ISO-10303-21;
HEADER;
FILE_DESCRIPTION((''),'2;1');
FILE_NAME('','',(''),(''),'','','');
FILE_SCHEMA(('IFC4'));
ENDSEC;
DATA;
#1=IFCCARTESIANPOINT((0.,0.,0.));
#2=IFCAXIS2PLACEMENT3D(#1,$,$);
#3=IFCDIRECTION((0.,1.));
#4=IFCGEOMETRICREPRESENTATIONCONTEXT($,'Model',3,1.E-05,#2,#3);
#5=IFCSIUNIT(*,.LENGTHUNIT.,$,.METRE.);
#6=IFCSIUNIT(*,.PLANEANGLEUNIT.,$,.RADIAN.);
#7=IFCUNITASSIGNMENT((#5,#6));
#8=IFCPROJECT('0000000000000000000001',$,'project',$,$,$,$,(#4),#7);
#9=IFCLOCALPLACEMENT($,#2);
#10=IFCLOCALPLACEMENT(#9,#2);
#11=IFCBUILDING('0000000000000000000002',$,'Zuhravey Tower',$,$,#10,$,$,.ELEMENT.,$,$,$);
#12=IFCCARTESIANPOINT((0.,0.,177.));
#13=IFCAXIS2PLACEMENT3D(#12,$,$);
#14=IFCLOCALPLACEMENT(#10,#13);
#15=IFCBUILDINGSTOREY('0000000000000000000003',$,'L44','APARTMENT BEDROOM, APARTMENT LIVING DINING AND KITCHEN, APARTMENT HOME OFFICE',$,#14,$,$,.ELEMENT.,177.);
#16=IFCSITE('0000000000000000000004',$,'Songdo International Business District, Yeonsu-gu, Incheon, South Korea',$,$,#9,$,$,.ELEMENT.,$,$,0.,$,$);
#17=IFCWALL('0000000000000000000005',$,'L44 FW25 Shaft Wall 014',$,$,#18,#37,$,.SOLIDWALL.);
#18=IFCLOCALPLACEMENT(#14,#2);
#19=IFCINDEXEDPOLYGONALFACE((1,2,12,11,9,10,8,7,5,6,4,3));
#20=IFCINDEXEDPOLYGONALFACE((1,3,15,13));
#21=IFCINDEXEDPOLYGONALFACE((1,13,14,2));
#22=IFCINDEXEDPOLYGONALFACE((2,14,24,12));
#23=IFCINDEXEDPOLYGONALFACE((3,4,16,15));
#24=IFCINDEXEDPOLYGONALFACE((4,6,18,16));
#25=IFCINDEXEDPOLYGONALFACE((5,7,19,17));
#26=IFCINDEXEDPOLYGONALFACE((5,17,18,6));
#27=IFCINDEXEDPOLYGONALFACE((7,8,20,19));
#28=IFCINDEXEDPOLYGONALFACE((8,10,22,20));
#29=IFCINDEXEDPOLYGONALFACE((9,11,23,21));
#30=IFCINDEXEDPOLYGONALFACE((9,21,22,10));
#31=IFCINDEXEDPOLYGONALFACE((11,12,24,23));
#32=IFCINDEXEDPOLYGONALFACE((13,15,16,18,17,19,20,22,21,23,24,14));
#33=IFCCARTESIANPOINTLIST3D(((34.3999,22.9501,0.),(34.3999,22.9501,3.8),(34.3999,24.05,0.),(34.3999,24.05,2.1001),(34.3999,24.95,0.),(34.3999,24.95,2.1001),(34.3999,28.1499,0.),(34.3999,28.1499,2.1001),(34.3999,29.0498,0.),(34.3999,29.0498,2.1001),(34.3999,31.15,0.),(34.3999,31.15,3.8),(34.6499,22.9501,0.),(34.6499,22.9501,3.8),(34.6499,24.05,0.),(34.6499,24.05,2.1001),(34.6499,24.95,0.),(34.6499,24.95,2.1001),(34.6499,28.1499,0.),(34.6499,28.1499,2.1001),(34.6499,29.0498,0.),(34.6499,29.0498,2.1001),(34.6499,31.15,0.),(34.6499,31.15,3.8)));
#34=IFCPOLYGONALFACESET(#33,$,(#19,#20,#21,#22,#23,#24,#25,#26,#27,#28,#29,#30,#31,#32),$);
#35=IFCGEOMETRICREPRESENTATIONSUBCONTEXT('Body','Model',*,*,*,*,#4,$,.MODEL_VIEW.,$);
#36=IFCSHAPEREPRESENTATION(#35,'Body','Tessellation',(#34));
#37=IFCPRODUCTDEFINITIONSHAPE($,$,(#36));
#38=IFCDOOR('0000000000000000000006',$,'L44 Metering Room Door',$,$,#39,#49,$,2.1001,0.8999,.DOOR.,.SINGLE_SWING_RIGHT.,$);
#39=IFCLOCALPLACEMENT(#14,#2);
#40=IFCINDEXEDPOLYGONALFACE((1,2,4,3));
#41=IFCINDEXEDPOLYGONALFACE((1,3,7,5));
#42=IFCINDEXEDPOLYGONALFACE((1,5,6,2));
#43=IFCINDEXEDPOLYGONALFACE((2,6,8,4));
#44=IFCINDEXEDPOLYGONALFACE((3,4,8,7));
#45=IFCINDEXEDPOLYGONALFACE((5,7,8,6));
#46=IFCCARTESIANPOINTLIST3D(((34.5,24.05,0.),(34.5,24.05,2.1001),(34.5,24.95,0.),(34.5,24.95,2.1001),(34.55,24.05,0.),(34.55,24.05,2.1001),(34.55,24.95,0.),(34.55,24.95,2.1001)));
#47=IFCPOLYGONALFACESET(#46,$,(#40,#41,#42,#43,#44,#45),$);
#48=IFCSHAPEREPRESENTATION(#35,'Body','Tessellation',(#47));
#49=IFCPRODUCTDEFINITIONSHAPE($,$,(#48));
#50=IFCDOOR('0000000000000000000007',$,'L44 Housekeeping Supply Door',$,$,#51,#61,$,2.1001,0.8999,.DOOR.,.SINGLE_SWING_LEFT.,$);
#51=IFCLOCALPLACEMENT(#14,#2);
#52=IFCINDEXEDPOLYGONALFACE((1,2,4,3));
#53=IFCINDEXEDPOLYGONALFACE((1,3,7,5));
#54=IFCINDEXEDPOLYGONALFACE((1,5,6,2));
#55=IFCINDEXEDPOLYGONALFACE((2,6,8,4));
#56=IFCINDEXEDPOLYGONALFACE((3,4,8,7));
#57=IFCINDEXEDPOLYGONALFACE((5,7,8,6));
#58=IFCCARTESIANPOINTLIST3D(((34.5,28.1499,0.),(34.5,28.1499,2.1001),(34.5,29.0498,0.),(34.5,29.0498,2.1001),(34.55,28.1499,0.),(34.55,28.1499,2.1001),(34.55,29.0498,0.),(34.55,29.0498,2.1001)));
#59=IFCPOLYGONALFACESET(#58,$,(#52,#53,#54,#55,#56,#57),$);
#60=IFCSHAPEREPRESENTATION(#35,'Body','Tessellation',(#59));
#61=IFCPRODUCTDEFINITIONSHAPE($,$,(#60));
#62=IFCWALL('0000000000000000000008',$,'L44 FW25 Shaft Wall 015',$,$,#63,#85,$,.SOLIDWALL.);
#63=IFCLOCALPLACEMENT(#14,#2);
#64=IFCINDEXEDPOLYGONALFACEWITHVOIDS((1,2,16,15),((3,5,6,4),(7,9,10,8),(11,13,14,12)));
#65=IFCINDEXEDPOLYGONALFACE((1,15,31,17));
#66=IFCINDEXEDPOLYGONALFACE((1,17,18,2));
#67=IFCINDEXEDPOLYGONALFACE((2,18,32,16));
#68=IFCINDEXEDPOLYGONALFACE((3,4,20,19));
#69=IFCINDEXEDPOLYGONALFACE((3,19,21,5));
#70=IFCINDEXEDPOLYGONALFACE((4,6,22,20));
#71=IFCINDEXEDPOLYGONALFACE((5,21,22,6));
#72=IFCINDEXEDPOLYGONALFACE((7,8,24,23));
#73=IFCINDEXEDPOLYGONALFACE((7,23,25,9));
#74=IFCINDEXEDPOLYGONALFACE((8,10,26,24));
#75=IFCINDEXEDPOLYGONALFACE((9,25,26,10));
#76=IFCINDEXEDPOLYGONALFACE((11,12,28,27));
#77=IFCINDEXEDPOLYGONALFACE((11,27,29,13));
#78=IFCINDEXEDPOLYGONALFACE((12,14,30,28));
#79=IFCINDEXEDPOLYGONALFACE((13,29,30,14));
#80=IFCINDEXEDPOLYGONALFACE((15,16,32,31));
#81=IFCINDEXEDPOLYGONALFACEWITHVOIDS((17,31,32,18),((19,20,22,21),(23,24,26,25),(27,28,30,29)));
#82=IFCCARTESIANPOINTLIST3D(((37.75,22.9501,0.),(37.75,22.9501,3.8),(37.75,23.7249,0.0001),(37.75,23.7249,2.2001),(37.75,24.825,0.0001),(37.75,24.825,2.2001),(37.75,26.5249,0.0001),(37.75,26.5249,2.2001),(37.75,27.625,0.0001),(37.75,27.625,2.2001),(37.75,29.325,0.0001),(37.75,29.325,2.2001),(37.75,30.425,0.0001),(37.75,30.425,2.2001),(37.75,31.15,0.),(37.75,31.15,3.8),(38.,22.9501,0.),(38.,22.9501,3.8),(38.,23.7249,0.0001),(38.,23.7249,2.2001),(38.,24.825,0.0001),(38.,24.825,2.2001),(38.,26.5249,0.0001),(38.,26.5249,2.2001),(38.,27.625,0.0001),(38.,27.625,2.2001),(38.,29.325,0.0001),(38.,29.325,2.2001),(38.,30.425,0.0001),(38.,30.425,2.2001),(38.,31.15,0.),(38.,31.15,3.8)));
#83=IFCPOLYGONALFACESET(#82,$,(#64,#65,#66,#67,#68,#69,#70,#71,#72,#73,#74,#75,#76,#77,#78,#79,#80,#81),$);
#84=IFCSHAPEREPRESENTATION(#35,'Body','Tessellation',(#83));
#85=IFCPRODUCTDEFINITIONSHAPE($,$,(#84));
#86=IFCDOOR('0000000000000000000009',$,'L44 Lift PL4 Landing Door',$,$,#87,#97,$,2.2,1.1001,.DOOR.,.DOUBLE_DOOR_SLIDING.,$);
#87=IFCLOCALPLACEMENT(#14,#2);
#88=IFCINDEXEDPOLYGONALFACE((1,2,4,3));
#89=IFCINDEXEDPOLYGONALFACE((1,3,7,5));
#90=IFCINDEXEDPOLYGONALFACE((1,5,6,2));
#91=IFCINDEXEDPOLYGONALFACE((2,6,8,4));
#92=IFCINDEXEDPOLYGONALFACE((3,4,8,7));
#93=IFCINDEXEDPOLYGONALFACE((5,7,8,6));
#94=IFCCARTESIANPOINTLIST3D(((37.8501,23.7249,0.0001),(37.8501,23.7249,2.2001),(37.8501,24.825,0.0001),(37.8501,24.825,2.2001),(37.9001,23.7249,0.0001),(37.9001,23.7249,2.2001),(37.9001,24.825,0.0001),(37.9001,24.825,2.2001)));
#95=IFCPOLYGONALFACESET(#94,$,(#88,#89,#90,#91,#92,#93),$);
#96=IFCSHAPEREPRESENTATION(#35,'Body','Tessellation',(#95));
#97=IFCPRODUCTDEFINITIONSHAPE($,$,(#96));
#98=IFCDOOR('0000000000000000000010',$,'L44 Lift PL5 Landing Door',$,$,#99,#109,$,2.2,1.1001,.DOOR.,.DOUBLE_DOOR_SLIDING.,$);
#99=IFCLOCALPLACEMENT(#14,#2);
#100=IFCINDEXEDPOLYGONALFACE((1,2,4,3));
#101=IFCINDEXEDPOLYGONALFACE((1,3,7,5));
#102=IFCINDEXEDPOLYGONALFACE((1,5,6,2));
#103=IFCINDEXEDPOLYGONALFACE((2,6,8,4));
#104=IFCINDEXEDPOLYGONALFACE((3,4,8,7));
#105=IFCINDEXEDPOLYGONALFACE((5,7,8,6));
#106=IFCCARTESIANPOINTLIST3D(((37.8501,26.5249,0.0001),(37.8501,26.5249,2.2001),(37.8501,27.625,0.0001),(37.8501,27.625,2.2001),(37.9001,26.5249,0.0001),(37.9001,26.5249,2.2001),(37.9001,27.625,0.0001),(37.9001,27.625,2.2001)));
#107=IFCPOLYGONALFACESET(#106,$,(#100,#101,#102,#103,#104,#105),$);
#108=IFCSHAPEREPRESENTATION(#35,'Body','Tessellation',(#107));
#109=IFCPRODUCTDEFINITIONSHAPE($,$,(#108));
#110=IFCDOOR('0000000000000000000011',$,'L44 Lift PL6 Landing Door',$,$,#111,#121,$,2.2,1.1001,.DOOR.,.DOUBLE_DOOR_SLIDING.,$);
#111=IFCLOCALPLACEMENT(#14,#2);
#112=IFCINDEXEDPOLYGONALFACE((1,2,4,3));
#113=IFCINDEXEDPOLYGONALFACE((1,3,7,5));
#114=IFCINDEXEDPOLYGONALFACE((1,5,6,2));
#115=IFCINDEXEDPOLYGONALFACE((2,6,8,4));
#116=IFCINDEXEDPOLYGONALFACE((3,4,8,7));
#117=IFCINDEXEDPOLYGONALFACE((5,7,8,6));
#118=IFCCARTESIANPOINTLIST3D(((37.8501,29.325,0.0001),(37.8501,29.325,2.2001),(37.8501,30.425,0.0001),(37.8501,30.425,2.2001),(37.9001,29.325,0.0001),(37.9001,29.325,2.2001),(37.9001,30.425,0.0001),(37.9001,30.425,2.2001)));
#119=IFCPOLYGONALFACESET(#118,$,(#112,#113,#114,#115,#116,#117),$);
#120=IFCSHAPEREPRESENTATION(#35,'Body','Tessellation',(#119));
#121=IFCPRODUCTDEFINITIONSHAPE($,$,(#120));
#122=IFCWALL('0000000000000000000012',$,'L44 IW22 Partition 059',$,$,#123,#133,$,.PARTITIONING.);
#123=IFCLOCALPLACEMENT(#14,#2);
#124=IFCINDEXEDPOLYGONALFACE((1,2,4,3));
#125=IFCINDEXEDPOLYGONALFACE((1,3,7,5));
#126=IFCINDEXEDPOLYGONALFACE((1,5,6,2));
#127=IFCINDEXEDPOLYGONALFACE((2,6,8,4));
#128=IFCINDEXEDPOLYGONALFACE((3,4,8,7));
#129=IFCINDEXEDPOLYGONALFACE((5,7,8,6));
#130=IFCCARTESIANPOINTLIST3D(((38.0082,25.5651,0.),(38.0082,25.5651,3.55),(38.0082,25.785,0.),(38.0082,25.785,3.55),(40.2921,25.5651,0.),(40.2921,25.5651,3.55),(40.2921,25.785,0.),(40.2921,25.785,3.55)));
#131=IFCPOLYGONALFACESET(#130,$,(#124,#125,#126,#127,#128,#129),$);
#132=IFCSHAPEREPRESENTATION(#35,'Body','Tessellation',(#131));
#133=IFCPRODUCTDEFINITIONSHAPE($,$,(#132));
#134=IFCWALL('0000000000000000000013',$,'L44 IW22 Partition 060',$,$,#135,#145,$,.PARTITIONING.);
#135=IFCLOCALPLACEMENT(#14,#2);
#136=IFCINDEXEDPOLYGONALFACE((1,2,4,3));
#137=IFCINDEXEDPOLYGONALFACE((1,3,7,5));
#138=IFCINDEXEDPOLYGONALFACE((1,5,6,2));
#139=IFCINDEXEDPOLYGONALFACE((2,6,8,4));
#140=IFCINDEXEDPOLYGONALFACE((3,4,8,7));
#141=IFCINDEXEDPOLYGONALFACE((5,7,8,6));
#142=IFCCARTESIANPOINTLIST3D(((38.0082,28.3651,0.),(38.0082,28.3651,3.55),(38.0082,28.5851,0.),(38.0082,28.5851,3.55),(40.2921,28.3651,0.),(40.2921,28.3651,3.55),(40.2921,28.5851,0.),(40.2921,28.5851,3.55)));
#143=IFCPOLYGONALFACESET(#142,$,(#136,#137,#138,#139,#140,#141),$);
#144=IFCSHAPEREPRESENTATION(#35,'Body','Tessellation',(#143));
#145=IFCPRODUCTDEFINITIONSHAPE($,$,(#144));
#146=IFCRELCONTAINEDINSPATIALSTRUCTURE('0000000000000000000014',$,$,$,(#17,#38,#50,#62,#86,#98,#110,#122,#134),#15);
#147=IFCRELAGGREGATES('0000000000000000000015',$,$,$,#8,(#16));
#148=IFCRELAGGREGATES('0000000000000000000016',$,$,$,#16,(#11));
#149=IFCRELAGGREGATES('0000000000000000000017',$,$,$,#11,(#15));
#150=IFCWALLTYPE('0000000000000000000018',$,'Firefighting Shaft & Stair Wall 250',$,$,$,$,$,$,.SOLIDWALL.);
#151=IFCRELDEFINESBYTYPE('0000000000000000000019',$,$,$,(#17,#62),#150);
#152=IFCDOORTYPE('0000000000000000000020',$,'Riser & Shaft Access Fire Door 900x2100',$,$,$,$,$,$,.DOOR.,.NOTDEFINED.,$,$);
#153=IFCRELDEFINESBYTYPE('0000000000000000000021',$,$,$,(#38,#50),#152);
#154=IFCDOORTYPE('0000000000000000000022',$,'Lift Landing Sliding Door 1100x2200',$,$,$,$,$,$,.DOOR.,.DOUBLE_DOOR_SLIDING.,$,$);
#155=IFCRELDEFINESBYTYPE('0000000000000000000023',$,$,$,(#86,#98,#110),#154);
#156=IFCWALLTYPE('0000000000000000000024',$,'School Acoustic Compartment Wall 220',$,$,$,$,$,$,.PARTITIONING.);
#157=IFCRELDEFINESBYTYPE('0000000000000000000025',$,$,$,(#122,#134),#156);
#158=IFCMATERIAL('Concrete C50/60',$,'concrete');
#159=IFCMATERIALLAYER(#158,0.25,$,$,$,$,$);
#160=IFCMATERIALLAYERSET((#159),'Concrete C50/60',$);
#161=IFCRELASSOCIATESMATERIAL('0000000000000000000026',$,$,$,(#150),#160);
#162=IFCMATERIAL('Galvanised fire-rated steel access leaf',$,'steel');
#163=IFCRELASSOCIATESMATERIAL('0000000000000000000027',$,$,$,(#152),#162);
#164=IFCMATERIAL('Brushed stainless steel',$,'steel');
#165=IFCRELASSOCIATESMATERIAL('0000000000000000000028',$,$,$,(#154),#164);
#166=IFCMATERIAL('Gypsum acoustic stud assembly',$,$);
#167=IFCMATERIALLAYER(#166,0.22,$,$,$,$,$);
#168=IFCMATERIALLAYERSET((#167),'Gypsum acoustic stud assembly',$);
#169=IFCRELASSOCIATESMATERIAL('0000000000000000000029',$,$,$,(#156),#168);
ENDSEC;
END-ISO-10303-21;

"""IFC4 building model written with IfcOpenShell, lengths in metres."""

from ifc_helpers import new_model, si_unit, direction, frame, frame_2d, origin, place, context, subcontext, project, spatial, rectangle, extrude, material, layer, layer_set, type_object, element, fill, save


model = new_model("IFC4")

# Units and contexts
model_context = context("Model", 3, precision=1e-05, world=origin(), true_north=direction((0.0, 1.0)))
body_context = subcontext(model_context, "Body", "Model", "MODEL_VIEW")
ifc_project = project(units=[si_unit("LENGTHUNIT", "METRE"), si_unit("PLANEANGLEUNIT", "RADIAN")], contexts=[model_context])

# Site, building, storey
site_placement = place(None, origin())
site = spatial("IfcSite", under=ifc_project, at=site_placement, Name="Songdo International Business District, Yeonsu-gu, Incheon, South Korea", CompositionType="ELEMENT", RefElevation=0.0)
building_placement = place(site_placement, origin())
building = spatial("IfcBuilding", under=site, at=building_placement, Name="Zuhravey Tower", CompositionType="ELEMENT")
storey_placement = place(building_placement, frame((0.0, 0.0, 177.0)))
storey = spatial("IfcBuildingStorey", under=building, at=storey_placement, Name="L44", Description="APARTMENT BEDROOM, APARTMENT LIVING DINING AND KITCHEN, APARTMENT HOME OFFICE", CompositionType="ELEMENT", Elevation=177.0)

# Shared definitions
ifc_material_1 = material(Name="Concrete C50/60", Category="concrete")
ifc_layer_1 = layer(ifc_material_1, 0.25)
ifc_layer_set_1 = layer_set([ifc_layer_1], Name="Concrete C50/60")
wall_type_1 = type_object("IfcWallType", Name="Firefighting Shaft & Stair Wall 250", PredefinedType="SOLIDWALL", material=ifc_layer_set_1)

# Shared definitions
ifc_material_2 = material(Name="Galvanised fire-rated steel access leaf", Category="steel")
door_type_1 = type_object("IfcDoorType", Name="Riser & Shaft Access Fire Door 900x2100", OperationType="NOTDEFINED", PredefinedType="DOOR", material=ifc_material_2)

# Walls, openings, doors
wall_1_placement = place(storey_placement, frame((34.5249, 22.95, 0.0), z_axis=(0.0, 0.0, 1.0), x_axis=(0.0, 1.0, 0.0)))
wall_1 = element("IfcWall", 1, at=wall_1_placement, inside=storey, type_object=wall_type_1, Name="L44 FW25 Shaft Wall 014", PredefinedType="SOLIDWALL", context=body_context, shape_type="SweptSolid", body=[
    extrude(rectangle(XDim=8.2, YDim=0.25, at=frame_2d((4.1001, 0.0))), origin(), (0.0, 0.0, 1.0), 3.8),
])
opening_1_placement = place(wall_1_placement, frame((1.1001, 0.0, 0.0)))
opening_1 = element("IfcOpeningElement", 2, at=opening_1_placement, cuts=wall_1, PredefinedType="OPENING", context=body_context, shape_type="SweptSolid", body=[
    extrude(rectangle(XDim=0.8999, YDim=2.1001, at=frame_2d((0.45, 1.05))), frame((0.0, 0.137, 0.0), z_axis=(0.0, -1.0, 0.0), x_axis=(1.0, 0.0, 0.0)), (0.0, 0.0, 1.0), 0.2739),
])
opening_2_placement = place(wall_1_placement, frame((5.2, 0.0, 0.0)))
opening_2 = element("IfcOpeningElement", 3, at=opening_2_placement, cuts=wall_1, PredefinedType="OPENING", context=body_context, shape_type="SweptSolid", body=[
    extrude(rectangle(XDim=0.8999, YDim=2.1001, at=frame_2d((0.45, 1.05))), frame((0.0, 0.137, 0.0), z_axis=(0.0, -1.0, 0.0), x_axis=(1.0, 0.0, 0.0)), (0.0, 0.0, 1.0), 0.2739),
])
door_1_placement = place(opening_1_placement, origin())
door_1 = element("IfcDoor", 4, at=door_1_placement, inside=storey, type_object=door_type_1, Name="L44 Metering Room Door", OperationType="SINGLE_SWING_RIGHT", OverallHeight=2.1001, OverallWidth=0.8999, PredefinedType="DOOR", context=body_context, shape_type="SweptSolid", body=[
    extrude(rectangle(XDim=0.8999, YDim=2.1001, at=frame_2d((0.45, 1.05))), frame((0.0, 0.0249, 0.0), z_axis=(0.0, -1.0, 0.0), x_axis=(1.0, 0.0, 0.0)), (0.0, 0.0, 1.0), 0.05),
])
fill(opening_1, door_1)
door_2_placement = place(opening_2_placement, origin())
door_2 = element("IfcDoor", 5, at=door_2_placement, inside=storey, type_object=door_type_1, Name="L44 Housekeeping Supply Door", OperationType="SINGLE_SWING_LEFT", OverallHeight=2.1001, OverallWidth=0.8999, PredefinedType="DOOR", context=body_context, shape_type="SweptSolid", body=[
    extrude(rectangle(XDim=0.8999, YDim=2.1001, at=frame_2d((0.45, 1.05))), frame((0.0, 0.0249, 0.0), z_axis=(0.0, -1.0, 0.0), x_axis=(1.0, 0.0, 0.0)), (0.0, 0.0, 1.0), 0.05),
])
fill(opening_2, door_2)
wall_2_placement = place(storey_placement, frame((37.875, 22.95, 0.0), z_axis=(0.0, 0.0, 1.0), x_axis=(0.0, 1.0, 0.0)))
wall_2 = element("IfcWall", 6, at=wall_2_placement, inside=storey, type_object=wall_type_1, Name="L44 FW25 Shaft Wall 015", PredefinedType="SOLIDWALL", context=body_context, shape_type="SweptSolid", body=[
    extrude(rectangle(XDim=8.2, YDim=0.25, at=frame_2d((4.1001, 0.0))), origin(), (0.0, 0.0, 1.0), 3.8),
])
opening_3_placement = place(wall_2_placement, frame((0.7749, 0.0, 0.0)))
opening_3 = element("IfcOpeningElement", 7, at=opening_3_placement, cuts=wall_2, PredefinedType="OPENING", context=body_context, shape_type="SweptSolid", body=[
    extrude(rectangle(XDim=1.1001, YDim=2.2, at=frame_2d((0.55, 1.1001))), frame((0.0, 0.137, 0.0), z_axis=(0.0, -1.0, 0.0), x_axis=(1.0, 0.0, 0.0)), (0.0, 0.0, 1.0), 0.2739),
])
opening_4_placement = place(wall_2_placement, frame((3.575, 0.0, 0.0)))
opening_4 = element("IfcOpeningElement", 8, at=opening_4_placement, cuts=wall_2, PredefinedType="OPENING", context=body_context, shape_type="SweptSolid", body=[
    extrude(rectangle(XDim=1.1001, YDim=2.2, at=frame_2d((0.55, 1.1001))), frame((0.0, 0.137, 0.0), z_axis=(0.0, -1.0, 0.0), x_axis=(1.0, 0.0, 0.0)), (0.0, 0.0, 1.0), 0.2739),
])
opening_5_placement = place(wall_2_placement, frame((6.375, 0.0, 0.0)))
opening_5 = element("IfcOpeningElement", 9, at=opening_5_placement, cuts=wall_2, PredefinedType="OPENING", context=body_context, shape_type="SweptSolid", body=[
    extrude(rectangle(XDim=1.1001, YDim=2.2, at=frame_2d((0.55, 1.1001))), frame((0.0, 0.137, 0.0), z_axis=(0.0, -1.0, 0.0), x_axis=(1.0, 0.0, 0.0)), (0.0, 0.0, 1.0), 0.2739),
])
ifc_material_3 = material(Name="Brushed stainless steel", Category="steel")
door_type_2 = type_object("IfcDoorType", Name="Lift Landing Sliding Door 1100x2200", OperationType="DOUBLE_DOOR_SLIDING", PredefinedType="DOOR", material=ifc_material_3)
door_3_placement = place(opening_3_placement, origin())
door_3 = element("IfcDoor", 10, at=door_3_placement, inside=storey, type_object=door_type_2, Name="L44 Lift PL4 Landing Door", OperationType="DOUBLE_DOOR_SLIDING", OverallHeight=2.2, OverallWidth=1.1001, PredefinedType="DOOR", context=body_context, shape_type="SweptSolid", body=[
    extrude(rectangle(XDim=1.1001, YDim=2.2, at=frame_2d((0.55, 1.1001))), frame((0.0, 0.0249, 0.0), z_axis=(0.0, -1.0, 0.0), x_axis=(1.0, 0.0, 0.0)), (0.0, 0.0, 1.0), 0.05),
])
fill(opening_3, door_3)
door_4_placement = place(opening_4_placement, origin())
door_4 = element("IfcDoor", 11, at=door_4_placement, inside=storey, type_object=door_type_2, Name="L44 Lift PL5 Landing Door", OperationType="DOUBLE_DOOR_SLIDING", OverallHeight=2.2, OverallWidth=1.1001, PredefinedType="DOOR", context=body_context, shape_type="SweptSolid", body=[
    extrude(rectangle(XDim=1.1001, YDim=2.2, at=frame_2d((0.55, 1.1001))), frame((0.0, 0.0249, 0.0), z_axis=(0.0, -1.0, 0.0), x_axis=(1.0, 0.0, 0.0)), (0.0, 0.0, 1.0), 0.05),
])
fill(opening_4, door_4)
door_5_placement = place(opening_5_placement, origin())
door_5 = element("IfcDoor", 12, at=door_5_placement, inside=storey, type_object=door_type_2, Name="L44 Lift PL6 Landing Door", OperationType="DOUBLE_DOOR_SLIDING", OverallHeight=2.2, OverallWidth=1.1001, PredefinedType="DOOR", context=body_context, shape_type="SweptSolid", body=[
    extrude(rectangle(XDim=1.1001, YDim=2.2, at=frame_2d((0.55, 1.1001))), frame((0.0, 0.0249, 0.0), z_axis=(0.0, -1.0, 0.0), x_axis=(1.0, 0.0, 0.0)), (0.0, 0.0, 1.0), 0.05),
])
fill(opening_5, door_5)

# Walls
ifc_material_4 = material(Name="Gypsum acoustic stud assembly")
ifc_layer_2 = layer(ifc_material_4, 0.22)
ifc_layer_set_2 = layer_set([ifc_layer_2], Name="Gypsum acoustic stud assembly")
wall_type_2 = type_object("IfcWallType", Name="School Acoustic Compartment Wall 220", PredefinedType="PARTITIONING", material=ifc_layer_set_2)
for number, where, z_axis, x_axis, name in (
    (13, (38.0081, 25.675, 0.0), (0.0, 0.0, 1.0), (1.0, 0.0, 0.0), "L44 IW22 Partition 059"),
    (14, (38.0081, 28.4751, 0.0), (0.0, 0.0, 1.0), (1.0, 0.0, 0.0), "L44 IW22 Partition 060"),
):
    element("IfcWall", number, at=place(storey_placement, frame(where, z_axis=z_axis, x_axis=x_axis)), inside=storey, type_object=wall_type_2, Name=name, PredefinedType="PARTITIONING", context=body_context, shape_type="SweptSolid", body=[
        extrude(rectangle(XDim=2.2839, YDim=0.22, at=frame_2d((1.1421, 0.0))), origin(), (0.0, 0.0, 1.0), 3.55),
    ])

save(model, "model.ifc")
